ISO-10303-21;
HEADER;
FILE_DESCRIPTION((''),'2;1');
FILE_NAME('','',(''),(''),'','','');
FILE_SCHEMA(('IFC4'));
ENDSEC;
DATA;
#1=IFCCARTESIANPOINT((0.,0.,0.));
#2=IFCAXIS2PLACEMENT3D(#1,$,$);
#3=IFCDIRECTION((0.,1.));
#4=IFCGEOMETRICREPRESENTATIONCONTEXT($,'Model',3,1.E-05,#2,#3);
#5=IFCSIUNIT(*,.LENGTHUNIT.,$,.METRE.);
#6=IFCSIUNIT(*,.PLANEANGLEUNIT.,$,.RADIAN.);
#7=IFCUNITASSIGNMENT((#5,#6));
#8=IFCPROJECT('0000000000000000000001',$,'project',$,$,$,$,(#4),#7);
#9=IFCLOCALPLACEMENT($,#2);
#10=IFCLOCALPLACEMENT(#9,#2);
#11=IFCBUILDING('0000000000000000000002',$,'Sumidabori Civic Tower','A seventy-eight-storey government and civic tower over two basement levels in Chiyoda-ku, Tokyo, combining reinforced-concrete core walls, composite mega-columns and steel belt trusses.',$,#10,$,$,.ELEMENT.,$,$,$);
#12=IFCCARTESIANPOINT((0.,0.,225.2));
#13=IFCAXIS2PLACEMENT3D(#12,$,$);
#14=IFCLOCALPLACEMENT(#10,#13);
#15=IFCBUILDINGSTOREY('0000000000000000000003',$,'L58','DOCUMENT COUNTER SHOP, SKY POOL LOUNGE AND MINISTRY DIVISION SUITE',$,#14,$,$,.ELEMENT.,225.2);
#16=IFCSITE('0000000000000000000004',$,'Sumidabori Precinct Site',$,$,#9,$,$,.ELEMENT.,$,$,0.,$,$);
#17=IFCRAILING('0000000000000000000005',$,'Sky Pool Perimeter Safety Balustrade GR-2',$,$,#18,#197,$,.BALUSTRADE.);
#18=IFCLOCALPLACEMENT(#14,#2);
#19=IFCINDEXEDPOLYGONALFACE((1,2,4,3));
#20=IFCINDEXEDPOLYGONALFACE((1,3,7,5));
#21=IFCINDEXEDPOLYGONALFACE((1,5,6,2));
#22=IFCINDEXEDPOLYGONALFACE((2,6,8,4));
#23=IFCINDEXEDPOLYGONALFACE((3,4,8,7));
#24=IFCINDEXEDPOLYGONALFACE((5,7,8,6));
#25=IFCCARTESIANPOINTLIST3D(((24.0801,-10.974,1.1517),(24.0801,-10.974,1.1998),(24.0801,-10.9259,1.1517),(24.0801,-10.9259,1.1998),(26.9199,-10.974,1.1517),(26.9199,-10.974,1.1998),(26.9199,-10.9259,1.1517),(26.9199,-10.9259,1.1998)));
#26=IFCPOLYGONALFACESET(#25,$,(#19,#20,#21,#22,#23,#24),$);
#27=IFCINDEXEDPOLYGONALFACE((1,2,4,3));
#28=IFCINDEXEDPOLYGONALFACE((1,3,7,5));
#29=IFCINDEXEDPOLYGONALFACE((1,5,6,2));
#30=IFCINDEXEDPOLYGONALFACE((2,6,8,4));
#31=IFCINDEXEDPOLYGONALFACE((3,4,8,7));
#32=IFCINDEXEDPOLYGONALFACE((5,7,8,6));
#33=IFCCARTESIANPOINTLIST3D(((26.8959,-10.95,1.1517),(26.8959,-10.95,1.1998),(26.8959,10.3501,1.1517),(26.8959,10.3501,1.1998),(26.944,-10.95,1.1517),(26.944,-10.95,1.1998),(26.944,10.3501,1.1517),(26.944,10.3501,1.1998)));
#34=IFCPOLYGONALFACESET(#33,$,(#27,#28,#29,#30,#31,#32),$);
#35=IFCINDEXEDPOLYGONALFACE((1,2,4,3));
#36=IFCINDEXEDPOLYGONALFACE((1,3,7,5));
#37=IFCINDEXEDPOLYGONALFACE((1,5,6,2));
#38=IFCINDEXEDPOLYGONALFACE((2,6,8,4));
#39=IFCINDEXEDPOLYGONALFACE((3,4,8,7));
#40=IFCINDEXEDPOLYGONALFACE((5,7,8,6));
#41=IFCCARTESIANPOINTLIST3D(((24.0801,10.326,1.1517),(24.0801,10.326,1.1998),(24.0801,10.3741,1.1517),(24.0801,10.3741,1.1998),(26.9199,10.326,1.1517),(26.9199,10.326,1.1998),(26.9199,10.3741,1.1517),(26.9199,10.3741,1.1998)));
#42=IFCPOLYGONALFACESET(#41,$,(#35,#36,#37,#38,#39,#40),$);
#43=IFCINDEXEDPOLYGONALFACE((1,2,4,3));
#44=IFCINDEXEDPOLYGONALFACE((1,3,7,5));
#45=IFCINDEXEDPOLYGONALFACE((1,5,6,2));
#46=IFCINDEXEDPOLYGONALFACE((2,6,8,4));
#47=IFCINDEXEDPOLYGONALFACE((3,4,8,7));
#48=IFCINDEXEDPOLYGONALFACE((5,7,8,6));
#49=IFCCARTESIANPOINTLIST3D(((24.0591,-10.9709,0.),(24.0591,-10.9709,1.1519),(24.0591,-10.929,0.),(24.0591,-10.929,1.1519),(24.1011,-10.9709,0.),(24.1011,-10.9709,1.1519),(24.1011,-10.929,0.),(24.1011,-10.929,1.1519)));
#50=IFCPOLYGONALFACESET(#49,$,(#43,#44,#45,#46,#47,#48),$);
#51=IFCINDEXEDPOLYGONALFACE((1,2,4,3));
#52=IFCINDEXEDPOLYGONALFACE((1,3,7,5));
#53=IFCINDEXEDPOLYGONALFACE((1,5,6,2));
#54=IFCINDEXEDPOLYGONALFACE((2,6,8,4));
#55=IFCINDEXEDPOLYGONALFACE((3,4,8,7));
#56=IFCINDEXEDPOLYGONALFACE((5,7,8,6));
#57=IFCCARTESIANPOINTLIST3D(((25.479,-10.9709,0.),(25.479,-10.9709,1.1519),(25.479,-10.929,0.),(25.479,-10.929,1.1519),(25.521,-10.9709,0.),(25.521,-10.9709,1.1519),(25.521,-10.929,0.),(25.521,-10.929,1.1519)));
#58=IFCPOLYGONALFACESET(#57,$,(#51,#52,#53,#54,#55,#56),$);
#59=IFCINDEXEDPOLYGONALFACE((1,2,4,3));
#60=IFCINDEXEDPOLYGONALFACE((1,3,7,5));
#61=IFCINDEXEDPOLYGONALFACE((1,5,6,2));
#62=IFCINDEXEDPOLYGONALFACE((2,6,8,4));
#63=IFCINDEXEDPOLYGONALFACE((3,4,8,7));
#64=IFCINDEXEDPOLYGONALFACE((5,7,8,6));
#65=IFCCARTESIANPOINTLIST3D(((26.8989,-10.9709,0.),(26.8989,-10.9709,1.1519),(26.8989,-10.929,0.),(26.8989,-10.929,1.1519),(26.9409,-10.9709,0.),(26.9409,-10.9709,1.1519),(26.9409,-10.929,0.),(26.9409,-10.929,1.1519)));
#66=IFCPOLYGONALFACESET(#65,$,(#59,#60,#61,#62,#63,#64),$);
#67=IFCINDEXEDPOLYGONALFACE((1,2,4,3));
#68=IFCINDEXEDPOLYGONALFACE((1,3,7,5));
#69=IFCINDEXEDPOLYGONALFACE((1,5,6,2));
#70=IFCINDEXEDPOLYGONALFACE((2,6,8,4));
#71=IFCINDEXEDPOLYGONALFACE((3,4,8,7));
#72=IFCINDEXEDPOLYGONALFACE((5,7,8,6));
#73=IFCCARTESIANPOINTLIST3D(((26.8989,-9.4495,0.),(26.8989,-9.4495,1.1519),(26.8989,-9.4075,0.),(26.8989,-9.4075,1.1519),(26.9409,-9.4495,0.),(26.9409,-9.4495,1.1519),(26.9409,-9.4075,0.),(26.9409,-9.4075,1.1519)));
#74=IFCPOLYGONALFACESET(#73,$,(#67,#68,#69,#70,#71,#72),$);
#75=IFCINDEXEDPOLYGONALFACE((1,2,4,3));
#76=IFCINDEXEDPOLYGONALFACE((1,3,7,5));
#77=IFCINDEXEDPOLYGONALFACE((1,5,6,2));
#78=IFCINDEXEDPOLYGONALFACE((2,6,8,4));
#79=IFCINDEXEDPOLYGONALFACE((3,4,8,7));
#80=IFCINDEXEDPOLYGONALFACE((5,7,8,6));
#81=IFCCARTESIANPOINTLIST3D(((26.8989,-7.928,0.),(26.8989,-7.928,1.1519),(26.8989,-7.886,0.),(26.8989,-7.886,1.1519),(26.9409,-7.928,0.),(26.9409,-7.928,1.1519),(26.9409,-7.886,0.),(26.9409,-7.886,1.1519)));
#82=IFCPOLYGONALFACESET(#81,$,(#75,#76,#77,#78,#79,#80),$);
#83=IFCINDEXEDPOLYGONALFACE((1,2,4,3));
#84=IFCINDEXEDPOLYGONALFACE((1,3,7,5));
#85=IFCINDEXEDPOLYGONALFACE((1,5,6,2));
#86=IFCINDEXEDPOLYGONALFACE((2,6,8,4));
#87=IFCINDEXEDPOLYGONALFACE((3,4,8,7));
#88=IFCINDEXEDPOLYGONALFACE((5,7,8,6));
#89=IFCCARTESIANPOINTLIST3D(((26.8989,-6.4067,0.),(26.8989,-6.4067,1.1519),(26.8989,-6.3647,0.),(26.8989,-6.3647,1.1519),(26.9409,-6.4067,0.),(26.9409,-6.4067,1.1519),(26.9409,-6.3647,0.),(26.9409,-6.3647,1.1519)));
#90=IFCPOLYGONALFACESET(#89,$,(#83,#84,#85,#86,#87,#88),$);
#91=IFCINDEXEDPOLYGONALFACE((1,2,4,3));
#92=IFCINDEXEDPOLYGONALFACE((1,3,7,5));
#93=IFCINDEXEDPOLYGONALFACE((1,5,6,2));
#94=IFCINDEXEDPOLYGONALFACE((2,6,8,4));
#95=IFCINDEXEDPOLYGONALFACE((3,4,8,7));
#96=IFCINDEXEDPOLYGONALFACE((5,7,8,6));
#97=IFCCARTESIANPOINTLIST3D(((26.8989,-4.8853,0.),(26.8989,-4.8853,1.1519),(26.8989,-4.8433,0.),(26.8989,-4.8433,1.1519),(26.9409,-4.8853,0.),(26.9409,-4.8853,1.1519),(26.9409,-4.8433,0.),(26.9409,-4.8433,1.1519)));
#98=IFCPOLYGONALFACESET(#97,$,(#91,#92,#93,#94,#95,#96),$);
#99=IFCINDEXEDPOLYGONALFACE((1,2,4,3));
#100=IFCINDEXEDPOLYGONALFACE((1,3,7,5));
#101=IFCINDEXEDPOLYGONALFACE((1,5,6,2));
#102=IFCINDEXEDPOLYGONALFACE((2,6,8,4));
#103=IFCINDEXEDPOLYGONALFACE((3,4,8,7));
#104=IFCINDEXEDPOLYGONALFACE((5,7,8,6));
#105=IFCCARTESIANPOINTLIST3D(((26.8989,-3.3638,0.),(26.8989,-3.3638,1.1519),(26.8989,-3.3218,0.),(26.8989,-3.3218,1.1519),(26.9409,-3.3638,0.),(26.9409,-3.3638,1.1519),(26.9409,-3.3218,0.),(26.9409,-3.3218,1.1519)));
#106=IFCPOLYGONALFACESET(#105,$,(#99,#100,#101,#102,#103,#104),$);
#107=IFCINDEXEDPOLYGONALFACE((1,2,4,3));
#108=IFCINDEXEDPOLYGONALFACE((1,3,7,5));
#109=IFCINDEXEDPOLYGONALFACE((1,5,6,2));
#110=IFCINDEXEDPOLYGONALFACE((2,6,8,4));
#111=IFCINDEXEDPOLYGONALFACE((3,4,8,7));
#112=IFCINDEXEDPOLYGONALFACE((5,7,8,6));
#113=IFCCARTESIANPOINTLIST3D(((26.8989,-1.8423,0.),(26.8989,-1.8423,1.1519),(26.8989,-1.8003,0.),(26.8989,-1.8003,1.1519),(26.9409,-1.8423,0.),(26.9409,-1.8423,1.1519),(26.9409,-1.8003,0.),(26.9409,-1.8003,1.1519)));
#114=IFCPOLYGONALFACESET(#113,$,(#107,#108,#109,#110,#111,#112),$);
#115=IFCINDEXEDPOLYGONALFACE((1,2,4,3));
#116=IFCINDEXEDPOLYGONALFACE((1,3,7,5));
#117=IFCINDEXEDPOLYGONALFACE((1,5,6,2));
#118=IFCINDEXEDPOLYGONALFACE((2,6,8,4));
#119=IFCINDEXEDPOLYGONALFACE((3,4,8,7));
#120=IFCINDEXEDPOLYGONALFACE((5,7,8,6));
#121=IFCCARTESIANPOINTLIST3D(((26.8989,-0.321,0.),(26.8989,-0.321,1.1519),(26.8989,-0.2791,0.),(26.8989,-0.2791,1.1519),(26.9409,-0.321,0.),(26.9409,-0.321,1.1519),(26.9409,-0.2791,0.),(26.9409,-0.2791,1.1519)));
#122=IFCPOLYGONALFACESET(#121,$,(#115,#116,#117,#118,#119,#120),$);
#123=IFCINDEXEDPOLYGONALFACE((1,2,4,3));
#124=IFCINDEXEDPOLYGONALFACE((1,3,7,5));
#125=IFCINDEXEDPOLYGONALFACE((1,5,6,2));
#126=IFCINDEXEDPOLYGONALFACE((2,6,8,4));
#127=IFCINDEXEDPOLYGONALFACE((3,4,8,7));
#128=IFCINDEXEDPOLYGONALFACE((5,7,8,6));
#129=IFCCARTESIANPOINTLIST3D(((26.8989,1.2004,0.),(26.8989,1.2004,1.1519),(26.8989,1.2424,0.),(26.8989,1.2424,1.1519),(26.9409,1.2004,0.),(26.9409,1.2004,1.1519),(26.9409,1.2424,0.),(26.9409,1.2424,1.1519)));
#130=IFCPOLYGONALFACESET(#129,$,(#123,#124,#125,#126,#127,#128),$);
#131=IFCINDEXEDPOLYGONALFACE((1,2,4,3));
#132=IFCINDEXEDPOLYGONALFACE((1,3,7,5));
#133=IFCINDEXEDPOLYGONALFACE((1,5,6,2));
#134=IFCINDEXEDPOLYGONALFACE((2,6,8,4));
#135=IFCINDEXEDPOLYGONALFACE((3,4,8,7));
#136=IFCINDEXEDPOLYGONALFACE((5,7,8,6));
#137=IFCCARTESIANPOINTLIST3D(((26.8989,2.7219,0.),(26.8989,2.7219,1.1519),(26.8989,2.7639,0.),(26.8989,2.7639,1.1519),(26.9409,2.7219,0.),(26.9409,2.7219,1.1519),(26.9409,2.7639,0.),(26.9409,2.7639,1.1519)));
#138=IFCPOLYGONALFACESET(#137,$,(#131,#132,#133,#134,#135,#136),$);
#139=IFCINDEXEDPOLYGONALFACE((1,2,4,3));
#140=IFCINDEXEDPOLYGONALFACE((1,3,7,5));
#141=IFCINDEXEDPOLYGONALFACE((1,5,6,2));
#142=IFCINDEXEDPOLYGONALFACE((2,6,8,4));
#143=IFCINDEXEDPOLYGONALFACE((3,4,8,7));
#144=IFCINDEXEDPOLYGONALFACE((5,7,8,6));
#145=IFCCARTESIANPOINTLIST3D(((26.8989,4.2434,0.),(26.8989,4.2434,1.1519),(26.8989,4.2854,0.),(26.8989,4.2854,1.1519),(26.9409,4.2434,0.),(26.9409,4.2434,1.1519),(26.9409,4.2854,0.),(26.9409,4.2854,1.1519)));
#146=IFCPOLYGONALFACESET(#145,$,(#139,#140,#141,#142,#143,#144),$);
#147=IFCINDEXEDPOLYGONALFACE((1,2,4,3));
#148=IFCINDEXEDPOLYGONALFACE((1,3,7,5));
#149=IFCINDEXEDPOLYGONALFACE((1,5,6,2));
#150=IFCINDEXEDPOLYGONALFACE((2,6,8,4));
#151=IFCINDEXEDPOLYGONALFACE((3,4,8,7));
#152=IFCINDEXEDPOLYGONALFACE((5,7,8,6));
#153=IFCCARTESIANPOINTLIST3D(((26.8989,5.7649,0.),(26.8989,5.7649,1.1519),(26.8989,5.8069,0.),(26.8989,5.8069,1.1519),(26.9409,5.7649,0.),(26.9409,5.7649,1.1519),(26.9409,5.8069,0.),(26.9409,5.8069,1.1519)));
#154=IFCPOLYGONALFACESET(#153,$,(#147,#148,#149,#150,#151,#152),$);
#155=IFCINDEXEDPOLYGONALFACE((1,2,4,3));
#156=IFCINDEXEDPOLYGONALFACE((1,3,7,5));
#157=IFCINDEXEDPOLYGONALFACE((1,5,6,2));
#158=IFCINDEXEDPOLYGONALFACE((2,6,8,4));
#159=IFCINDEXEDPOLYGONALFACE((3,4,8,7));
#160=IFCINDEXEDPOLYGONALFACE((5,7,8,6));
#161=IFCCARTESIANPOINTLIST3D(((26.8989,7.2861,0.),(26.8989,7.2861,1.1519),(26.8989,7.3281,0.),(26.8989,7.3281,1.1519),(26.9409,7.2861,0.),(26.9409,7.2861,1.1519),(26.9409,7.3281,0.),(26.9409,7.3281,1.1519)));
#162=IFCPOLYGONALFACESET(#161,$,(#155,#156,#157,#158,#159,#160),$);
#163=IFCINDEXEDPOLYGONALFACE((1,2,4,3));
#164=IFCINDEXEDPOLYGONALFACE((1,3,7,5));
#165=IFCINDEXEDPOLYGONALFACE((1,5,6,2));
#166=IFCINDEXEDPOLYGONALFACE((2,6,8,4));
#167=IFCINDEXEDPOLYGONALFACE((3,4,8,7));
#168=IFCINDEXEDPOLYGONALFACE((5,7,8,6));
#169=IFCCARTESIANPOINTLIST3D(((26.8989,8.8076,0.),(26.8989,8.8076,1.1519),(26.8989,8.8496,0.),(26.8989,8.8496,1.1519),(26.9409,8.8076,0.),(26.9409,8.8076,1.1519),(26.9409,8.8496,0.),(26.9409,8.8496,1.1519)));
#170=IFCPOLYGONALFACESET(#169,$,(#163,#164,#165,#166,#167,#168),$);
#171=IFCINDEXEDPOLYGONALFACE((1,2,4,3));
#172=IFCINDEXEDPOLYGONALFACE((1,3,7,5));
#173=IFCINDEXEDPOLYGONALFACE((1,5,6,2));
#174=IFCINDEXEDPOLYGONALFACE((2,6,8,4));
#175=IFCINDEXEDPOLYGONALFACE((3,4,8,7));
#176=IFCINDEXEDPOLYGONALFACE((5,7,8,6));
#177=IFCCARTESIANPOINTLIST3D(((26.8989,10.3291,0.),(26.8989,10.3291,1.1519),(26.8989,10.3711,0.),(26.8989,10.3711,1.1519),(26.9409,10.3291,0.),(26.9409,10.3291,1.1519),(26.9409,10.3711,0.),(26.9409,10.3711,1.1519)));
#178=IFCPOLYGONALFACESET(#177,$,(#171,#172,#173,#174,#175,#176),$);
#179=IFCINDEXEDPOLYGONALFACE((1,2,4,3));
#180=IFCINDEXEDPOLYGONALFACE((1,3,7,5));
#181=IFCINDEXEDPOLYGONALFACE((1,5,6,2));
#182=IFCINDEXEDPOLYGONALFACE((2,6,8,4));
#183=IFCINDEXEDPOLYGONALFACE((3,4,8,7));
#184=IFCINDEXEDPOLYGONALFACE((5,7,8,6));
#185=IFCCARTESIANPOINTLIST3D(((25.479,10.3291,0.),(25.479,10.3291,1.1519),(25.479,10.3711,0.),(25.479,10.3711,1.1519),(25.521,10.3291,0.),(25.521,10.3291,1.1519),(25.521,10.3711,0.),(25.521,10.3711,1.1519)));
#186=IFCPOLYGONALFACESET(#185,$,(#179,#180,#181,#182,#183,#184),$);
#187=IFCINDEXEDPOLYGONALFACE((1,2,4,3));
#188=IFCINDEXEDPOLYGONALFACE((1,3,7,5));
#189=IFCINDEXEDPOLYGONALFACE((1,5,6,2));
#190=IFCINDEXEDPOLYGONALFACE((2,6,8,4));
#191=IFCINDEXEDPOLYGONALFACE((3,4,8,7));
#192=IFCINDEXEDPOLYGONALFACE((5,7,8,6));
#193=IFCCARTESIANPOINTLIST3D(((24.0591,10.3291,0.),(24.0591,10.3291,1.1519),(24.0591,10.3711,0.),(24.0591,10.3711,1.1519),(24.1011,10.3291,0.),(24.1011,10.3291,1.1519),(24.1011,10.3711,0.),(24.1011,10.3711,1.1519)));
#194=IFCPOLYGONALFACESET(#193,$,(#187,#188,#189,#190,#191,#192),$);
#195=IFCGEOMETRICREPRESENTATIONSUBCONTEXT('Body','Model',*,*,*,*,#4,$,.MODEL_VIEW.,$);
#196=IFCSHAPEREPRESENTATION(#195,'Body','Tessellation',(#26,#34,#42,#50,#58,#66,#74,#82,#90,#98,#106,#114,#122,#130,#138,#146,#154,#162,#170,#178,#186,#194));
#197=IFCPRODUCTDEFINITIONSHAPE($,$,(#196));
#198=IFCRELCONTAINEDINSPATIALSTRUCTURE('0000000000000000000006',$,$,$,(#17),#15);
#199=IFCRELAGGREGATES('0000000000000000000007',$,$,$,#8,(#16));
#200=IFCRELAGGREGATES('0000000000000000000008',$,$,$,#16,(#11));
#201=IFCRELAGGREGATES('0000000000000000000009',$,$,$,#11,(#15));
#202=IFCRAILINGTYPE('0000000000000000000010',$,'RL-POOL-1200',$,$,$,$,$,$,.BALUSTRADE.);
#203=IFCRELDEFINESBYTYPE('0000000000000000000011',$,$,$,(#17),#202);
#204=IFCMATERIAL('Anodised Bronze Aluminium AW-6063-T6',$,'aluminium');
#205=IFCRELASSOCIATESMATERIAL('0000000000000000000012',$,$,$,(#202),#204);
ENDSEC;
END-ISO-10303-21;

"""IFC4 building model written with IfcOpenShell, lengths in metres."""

from ifc_helpers import new_model, si_unit, direction, frame, origin, origin_2d, place, context, subcontext, project, spatial, rectangle, extrude, material, type_object, element, save


model = new_model("IFC4")

# Units and contexts
model_context = context("Model", 3, precision=1e-05, world=origin(), true_north=direction((0.0, 1.0)))
body_context = subcontext(model_context, "Body", "Model", "MODEL_VIEW")
ifc_project = project(units=[si_unit("LENGTHUNIT", "METRE"), si_unit("PLANEANGLEUNIT", "RADIAN")], contexts=[model_context])

# Site, building, storey
site_placement = place(None, origin())
site = spatial("IfcSite", under=ifc_project, at=site_placement, Name="Sumidabori Precinct Site", CompositionType="ELEMENT", RefElevation=0.0)
building_placement = place(site_placement, origin())
building = spatial("IfcBuilding", under=site, at=building_placement, Name="Sumidabori Civic Tower", Description="A seventy-eight-storey government and civic tower over two basement levels in Chiyoda-ku, Tokyo, combining reinforced-concrete core walls, composite mega-columns and steel belt trusses.", CompositionType="ELEMENT")
storey_placement = place(building_placement, frame((0.0, 0.0, 225.2)))
storey = spatial("IfcBuildingStorey", under=building, at=storey_placement, Name="L58", Description="DOCUMENT COUNTER SHOP, SKY POOL LOUNGE AND MINISTRY DIVISION SUITE", CompositionType="ELEMENT", Elevation=225.2)

# Shared definitions
ifc_material_1 = material(Name="Anodised Bronze Aluminium AW-6063-T6", Category="aluminium")

# Railing
railing_type = type_object("IfcRailingType", Name="RL-POOL-1200", PredefinedType="BALUSTRADE", material=ifc_material_1)
railing_placement = place(storey_placement, frame((24.0801, -10.95, 0.0)))
element("IfcRailing", 1, at=railing_placement, inside=storey, type_object=railing_type, Name="Sky Pool Perimeter Safety Balustrade GR-2", PredefinedType="BALUSTRADE", context=body_context, shape_type="SweptSolid", body=[
    extrude(rectangle(XDim=0.0481, YDim=0.0481, at=origin_2d()), frame((0.0, 0.0, 1.1758), z_axis=(1.0, 0.0, 0.0), x_axis=(0.0, 1.0, 0.0)), (0.0, 0.0, 1.0), 2.8398),
    extrude(rectangle(XDim=0.0481, YDim=0.0481, at=origin_2d()), frame((2.8398, 0.0, 1.1758), z_axis=(0.0, 1.0, 0.0), x_axis=(-1.0, 0.0, 0.0)), (0.0, 0.0, 1.0), 21.3),
    extrude(rectangle(XDim=0.0481, YDim=0.0481, at=origin_2d()), frame((2.8398, 21.3, 1.1758), z_axis=(-1.0, 0.0, 0.0), x_axis=(0.0, -1.0, 0.0)), (0.0, 0.0, 1.0), 2.8398),
    extrude(rectangle(XDim=0.042, YDim=0.042, at=origin_2d()), origin(), (0.0, 0.0, 1.0), 1.1519),
    extrude(rectangle(XDim=0.042, YDim=0.042, at=origin_2d()), frame((1.4199, 0.0, 0.0)), (0.0, 0.0, 1.0), 1.1519),
    extrude(rectangle(XDim=0.042, YDim=0.042, at=origin_2d()), frame((2.8398, 0.0, 0.0)), (0.0, 0.0, 1.0), 1.1519),
    extrude(rectangle(XDim=0.042, YDim=0.042, at=origin_2d()), frame((2.8398, 1.5215, 0.0)), (0.0, 0.0, 1.0), 1.1519),
    extrude(rectangle(XDim=0.042, YDim=0.042, at=origin_2d()), frame((2.8398, 3.043, 0.0)), (0.0, 0.0, 1.0), 1.1519),
    extrude(rectangle(XDim=0.042, YDim=0.042, at=origin_2d()), frame((2.8398, 4.5642, 0.0)), (0.0, 0.0, 1.0), 1.1519),
    extrude(rectangle(XDim=0.042, YDim=0.042, at=origin_2d()), frame((2.8398, 6.0857, 0.0)), (0.0, 0.0, 1.0), 1.1519),
    extrude(rectangle(XDim=0.042, YDim=0.042, at=origin_2d()), frame((2.8398, 7.6072, 0.0)), (0.0, 0.0, 1.0), 1.1519),
    extrude(rectangle(XDim=0.042, YDim=0.042, at=origin_2d()), frame((2.8398, 9.1287, 0.0)), (0.0, 0.0, 1.0), 1.1519),
    extrude(rectangle(XDim=0.042, YDim=0.042, at=origin_2d()), frame((2.8398, 10.6499, 0.0)), (0.0, 0.0, 1.0), 1.1519),
    extrude(rectangle(XDim=0.042, YDim=0.042, at=origin_2d()), frame((2.8398, 12.1714, 0.0)), (0.0, 0.0, 1.0), 1.1519),
    extrude(rectangle(XDim=0.042, YDim=0.042, at=origin_2d()), frame((2.8398, 13.6929, 0.0)), (0.0, 0.0, 1.0), 1.1519),
    extrude(rectangle(XDim=0.042, YDim=0.042, at=origin_2d()), frame((2.8398, 15.2144, 0.0)), (0.0, 0.0, 1.0), 1.1519),
    extrude(rectangle(XDim=0.042, YDim=0.042, at=origin_2d()), frame((2.8398, 16.7358, 0.0)), (0.0, 0.0, 1.0), 1.1519),
    extrude(rectangle(XDim=0.042, YDim=0.042, at=origin_2d()), frame((2.8398, 18.2571, 0.0)), (0.0, 0.0, 1.0), 1.1519),
    extrude(rectangle(XDim=0.042, YDim=0.042, at=origin_2d()), frame((2.8398, 19.7786, 0.0)), (0.0, 0.0, 1.0), 1.1519),
    extrude(rectangle(XDim=0.042, YDim=0.042, at=origin_2d()), frame((2.8398, 21.3, 0.0)), (0.0, 0.0, 1.0), 1.1519),
    extrude(rectangle(XDim=0.042, YDim=0.042, at=origin_2d()), frame((1.4199, 21.3, 0.0)), (0.0, 0.0, 1.0), 1.1519),
    extrude(rectangle(XDim=0.042, YDim=0.042, at=origin_2d()), frame((0.0, 21.3, 0.0)), (0.0, 0.0, 1.0), 1.1519),
])

save(model, "model.ifc")
